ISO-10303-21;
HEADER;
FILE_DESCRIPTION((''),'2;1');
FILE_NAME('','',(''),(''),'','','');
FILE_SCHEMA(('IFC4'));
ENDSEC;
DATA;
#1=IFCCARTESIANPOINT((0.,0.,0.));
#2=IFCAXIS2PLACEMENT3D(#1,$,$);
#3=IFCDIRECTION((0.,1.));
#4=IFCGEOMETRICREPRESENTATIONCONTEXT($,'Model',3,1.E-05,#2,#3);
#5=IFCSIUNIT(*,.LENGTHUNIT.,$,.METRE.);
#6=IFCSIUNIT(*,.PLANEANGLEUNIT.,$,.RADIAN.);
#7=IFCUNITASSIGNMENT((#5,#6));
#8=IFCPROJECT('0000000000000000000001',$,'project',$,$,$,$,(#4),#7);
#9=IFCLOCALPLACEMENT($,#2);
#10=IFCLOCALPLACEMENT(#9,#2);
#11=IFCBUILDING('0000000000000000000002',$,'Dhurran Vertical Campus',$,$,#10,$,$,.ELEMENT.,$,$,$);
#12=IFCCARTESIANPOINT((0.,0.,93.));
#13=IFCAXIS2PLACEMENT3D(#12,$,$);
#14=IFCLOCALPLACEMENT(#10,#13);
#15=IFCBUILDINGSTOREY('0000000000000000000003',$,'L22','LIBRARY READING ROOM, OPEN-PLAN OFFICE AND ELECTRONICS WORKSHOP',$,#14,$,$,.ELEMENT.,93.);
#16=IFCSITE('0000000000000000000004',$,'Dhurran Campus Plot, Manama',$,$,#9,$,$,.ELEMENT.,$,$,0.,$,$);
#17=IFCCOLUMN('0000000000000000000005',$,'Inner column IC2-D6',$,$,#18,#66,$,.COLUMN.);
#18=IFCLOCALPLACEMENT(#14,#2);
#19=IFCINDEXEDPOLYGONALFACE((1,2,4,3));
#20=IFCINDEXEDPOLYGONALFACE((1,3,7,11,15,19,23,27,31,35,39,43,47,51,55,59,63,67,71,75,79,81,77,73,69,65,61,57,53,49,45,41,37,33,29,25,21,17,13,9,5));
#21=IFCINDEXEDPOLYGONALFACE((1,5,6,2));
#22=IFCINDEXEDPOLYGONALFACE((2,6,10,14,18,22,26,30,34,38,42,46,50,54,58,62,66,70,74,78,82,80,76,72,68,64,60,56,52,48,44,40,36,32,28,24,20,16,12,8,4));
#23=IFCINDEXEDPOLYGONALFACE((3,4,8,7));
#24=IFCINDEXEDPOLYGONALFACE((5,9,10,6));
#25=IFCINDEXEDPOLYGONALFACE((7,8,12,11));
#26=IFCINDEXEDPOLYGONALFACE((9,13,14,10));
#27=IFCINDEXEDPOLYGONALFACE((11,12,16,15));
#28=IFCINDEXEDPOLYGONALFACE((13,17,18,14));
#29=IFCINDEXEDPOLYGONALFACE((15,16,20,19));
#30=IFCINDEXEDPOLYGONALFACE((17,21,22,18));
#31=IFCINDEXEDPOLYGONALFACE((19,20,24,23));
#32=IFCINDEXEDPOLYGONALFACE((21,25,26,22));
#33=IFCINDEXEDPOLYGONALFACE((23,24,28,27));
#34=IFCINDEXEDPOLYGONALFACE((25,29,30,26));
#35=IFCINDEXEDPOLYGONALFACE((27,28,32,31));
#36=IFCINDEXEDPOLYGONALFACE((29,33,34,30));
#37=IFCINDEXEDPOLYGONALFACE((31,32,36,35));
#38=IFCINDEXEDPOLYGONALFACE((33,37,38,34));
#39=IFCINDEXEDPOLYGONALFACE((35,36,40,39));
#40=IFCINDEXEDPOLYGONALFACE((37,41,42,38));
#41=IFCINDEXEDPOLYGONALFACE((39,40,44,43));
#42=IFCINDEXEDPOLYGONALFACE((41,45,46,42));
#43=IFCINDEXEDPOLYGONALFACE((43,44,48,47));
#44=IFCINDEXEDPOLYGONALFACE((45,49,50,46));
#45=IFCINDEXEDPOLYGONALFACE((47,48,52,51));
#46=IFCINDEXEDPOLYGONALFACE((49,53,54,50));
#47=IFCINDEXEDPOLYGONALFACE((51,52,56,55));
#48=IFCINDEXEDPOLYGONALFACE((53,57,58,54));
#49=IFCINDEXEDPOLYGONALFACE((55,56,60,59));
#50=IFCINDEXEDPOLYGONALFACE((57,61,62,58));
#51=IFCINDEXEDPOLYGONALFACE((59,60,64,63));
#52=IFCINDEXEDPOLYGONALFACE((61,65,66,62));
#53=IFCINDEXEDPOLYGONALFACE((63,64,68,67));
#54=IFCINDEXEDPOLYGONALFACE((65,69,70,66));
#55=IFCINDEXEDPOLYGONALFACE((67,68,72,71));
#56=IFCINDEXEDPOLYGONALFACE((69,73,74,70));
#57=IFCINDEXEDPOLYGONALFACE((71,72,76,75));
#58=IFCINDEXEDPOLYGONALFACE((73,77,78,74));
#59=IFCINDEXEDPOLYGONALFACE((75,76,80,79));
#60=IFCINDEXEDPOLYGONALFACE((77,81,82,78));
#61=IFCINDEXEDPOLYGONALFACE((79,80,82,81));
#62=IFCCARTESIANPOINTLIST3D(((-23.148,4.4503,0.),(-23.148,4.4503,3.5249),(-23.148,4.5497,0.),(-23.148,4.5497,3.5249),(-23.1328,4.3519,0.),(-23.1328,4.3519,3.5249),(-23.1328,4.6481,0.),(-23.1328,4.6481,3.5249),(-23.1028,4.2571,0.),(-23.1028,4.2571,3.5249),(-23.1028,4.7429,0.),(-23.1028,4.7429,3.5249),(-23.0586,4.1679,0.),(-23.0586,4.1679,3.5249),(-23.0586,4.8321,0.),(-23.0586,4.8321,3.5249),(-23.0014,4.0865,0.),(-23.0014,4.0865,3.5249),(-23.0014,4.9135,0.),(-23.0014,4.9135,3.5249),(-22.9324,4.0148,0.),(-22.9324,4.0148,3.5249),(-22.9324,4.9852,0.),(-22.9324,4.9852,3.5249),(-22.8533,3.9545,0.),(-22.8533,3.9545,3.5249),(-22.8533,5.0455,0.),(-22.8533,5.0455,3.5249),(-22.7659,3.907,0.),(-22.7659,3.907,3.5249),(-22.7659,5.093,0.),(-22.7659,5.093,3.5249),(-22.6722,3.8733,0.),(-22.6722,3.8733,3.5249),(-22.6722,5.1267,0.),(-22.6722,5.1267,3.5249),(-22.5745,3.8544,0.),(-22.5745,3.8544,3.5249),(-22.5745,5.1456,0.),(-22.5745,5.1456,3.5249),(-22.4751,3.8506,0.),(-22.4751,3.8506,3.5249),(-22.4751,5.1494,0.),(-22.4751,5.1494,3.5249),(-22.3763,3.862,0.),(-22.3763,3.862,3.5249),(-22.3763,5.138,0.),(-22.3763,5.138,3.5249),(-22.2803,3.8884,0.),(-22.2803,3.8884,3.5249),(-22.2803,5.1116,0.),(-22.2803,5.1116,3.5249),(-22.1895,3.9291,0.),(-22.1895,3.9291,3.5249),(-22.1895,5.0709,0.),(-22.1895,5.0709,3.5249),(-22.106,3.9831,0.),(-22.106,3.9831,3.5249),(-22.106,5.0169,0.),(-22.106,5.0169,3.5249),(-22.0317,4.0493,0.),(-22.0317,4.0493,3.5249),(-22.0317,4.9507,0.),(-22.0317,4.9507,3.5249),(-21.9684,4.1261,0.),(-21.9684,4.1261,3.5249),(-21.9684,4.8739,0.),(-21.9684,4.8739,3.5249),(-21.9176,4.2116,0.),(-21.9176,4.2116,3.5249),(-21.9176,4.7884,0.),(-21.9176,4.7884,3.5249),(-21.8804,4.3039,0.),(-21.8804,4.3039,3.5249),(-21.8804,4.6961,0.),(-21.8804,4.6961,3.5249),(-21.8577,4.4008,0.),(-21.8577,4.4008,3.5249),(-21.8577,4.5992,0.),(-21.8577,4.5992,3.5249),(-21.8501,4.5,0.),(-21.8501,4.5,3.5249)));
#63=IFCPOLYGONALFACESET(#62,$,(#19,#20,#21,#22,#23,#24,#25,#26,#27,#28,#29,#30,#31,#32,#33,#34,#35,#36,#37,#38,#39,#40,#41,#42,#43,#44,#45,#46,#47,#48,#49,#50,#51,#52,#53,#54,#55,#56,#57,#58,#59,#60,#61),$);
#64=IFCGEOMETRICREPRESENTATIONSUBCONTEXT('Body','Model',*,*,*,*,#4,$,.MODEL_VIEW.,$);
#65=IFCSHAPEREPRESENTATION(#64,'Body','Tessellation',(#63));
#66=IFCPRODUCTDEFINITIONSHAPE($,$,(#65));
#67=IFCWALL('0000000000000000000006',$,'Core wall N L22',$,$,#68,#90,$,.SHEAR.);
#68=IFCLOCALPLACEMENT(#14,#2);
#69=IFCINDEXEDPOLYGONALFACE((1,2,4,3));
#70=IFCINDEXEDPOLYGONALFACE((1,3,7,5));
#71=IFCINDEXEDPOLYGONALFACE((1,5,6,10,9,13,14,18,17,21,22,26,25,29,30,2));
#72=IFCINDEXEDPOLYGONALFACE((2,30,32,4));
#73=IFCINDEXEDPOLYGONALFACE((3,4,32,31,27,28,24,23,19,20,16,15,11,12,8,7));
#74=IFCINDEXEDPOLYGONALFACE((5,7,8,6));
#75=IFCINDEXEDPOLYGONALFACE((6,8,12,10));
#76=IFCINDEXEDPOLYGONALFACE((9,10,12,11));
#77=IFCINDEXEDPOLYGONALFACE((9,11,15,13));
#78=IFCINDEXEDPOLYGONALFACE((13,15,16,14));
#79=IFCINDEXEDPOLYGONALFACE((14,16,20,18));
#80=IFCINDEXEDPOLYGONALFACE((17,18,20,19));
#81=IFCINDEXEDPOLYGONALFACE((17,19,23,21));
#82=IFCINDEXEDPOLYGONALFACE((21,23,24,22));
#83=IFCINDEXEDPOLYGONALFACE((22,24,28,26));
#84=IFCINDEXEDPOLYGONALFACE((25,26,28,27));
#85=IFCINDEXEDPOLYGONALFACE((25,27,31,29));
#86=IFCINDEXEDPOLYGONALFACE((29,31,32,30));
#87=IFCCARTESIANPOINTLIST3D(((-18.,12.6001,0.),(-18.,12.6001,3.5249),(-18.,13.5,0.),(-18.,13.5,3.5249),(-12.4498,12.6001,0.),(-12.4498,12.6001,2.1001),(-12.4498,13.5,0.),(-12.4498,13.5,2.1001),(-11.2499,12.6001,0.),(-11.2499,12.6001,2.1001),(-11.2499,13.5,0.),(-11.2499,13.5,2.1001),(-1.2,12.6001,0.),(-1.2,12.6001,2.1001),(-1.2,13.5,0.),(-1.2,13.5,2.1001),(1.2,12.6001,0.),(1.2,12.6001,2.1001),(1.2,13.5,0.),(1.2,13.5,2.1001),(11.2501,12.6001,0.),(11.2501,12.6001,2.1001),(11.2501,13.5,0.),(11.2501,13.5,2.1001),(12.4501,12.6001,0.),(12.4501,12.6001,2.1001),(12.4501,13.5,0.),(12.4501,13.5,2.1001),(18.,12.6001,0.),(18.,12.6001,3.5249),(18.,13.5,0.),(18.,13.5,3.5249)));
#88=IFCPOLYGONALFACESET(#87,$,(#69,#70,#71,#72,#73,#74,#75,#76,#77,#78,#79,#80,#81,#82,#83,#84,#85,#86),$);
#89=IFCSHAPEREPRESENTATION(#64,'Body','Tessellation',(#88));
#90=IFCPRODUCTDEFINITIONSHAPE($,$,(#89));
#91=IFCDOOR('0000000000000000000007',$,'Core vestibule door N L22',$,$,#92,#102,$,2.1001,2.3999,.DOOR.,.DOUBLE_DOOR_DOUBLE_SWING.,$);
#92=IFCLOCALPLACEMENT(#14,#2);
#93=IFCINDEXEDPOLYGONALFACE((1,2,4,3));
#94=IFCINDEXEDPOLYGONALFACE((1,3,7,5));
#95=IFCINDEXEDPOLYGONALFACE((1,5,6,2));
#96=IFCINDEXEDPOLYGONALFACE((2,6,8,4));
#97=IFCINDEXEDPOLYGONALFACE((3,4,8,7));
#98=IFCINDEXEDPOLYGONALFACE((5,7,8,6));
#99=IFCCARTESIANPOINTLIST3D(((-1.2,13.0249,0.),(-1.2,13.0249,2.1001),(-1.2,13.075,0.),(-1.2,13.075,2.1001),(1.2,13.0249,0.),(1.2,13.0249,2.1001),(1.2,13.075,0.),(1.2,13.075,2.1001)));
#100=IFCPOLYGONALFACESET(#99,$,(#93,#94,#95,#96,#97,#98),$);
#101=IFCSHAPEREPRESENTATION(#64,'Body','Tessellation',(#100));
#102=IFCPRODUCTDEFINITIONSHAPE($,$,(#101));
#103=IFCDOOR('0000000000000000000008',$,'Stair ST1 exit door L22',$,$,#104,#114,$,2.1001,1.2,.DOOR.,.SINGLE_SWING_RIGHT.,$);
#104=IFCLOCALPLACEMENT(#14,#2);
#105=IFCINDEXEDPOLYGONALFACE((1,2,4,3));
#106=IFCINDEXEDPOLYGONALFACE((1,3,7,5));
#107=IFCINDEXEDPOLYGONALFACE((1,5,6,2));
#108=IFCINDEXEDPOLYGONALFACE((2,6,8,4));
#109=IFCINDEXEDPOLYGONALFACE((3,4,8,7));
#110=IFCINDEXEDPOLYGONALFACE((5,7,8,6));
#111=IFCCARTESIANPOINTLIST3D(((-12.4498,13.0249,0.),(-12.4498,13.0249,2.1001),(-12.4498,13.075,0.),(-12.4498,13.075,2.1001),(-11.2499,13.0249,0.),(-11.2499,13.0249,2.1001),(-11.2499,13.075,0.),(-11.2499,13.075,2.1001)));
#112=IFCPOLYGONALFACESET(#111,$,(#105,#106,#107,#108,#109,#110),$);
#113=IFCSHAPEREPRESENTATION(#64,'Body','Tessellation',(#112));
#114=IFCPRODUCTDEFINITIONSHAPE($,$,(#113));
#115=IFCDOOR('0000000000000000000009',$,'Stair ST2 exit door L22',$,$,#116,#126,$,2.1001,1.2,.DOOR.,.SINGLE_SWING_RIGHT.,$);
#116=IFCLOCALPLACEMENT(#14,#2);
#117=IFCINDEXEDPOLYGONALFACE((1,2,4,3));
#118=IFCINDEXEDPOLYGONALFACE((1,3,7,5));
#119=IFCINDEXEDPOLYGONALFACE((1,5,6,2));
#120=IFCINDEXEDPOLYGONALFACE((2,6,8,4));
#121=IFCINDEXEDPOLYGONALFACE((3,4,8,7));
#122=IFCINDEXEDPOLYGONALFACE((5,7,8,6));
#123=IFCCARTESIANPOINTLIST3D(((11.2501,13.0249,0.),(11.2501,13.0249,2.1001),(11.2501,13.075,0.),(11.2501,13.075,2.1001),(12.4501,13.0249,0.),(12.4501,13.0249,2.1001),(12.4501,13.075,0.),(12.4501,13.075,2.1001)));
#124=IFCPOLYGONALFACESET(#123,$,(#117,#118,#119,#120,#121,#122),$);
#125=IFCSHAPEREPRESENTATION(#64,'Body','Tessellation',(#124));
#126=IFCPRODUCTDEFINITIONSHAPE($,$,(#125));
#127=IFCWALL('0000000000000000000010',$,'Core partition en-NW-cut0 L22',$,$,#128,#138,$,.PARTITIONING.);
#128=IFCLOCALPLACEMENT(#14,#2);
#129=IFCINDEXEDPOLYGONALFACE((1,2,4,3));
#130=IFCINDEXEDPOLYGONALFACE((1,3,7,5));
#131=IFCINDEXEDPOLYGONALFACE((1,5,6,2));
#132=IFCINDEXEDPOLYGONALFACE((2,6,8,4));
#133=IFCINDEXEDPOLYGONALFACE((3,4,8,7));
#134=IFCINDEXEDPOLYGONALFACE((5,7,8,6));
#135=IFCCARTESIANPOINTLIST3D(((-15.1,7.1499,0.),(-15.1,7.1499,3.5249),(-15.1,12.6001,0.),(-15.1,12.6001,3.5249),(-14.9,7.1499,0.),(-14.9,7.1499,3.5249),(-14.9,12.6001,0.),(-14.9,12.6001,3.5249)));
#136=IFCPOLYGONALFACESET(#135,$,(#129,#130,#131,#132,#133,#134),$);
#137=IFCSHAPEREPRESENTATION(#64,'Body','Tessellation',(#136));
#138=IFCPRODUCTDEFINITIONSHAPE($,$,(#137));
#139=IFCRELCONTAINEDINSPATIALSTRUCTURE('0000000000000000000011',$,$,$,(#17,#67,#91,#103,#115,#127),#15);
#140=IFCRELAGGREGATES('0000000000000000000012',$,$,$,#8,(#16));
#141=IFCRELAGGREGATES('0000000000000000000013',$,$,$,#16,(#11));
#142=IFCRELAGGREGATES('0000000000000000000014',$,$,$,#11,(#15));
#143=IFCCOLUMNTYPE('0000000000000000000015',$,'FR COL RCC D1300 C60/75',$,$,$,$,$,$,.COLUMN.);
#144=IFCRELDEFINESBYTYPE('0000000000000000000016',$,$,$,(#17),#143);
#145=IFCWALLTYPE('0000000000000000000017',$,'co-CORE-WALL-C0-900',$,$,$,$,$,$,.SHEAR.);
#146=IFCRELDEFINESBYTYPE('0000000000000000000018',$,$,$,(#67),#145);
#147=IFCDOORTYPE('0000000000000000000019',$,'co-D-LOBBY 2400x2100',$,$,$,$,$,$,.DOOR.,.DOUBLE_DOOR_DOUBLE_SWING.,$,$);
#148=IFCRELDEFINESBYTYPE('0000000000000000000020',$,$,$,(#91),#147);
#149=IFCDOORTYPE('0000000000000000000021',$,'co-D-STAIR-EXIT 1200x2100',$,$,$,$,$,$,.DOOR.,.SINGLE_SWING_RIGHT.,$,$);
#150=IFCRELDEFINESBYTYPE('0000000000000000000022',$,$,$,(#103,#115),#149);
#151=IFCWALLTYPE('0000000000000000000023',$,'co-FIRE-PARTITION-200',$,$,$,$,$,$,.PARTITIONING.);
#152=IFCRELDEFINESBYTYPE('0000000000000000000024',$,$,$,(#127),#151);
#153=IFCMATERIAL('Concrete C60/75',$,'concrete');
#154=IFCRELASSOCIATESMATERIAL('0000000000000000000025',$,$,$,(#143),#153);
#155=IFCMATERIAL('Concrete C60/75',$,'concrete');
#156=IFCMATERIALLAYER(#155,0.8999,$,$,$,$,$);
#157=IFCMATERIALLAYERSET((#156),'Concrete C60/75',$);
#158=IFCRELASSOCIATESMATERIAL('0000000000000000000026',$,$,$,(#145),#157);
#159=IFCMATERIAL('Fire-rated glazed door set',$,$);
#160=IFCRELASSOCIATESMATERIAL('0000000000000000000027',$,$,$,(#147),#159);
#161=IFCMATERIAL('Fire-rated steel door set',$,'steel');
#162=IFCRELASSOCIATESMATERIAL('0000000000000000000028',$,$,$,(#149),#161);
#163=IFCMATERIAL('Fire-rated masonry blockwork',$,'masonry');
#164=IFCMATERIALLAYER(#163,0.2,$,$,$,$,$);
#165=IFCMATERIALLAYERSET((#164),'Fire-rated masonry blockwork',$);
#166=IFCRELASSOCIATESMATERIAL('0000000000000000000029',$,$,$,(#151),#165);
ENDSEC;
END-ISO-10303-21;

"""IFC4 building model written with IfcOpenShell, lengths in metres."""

from ifc_helpers import new_model, si_unit, direction, frame, frame_2d, origin, origin_2d, place, context, subcontext, project, spatial, rectangle, circle, extrude, material, layer, layer_set, material_profile, profile_set, type_object, element, fill, save


model = new_model("IFC4")

# Units and contexts
model_context = context("Model", 3, precision=1e-05, world=origin(), true_north=direction((0.0, 1.0)))
body_context = subcontext(model_context, "Body", "Model", "MODEL_VIEW")
ifc_project = project(units=[si_unit("LENGTHUNIT", "METRE"), si_unit("PLANEANGLEUNIT", "RADIAN")], contexts=[model_context])

# Site, building, storey
site_placement = place(None, origin())
site = spatial("IfcSite", under=ifc_project, at=site_placement, Name="Dhurran Campus Plot, Manama", CompositionType="ELEMENT", RefElevation=0.0)
building_placement = place(site_placement, origin())
building = spatial("IfcBuilding", under=site, at=building_placement, Name="Dhurran Vertical Campus", CompositionType="ELEMENT")
storey_placement = place(building_placement, frame((0.0, 0.0, 93.0)))
storey = spatial("IfcBuildingStorey", under=building, at=storey_placement, Name="L22", Description="LIBRARY READING ROOM, OPEN-PLAN OFFICE AND ELECTRONICS WORKSHOP", CompositionType="ELEMENT", Elevation=93.0)

# Column
ifc_material_1 = material(Name="Concrete C60/75", Category="concrete")
ifc_material_profile = material_profile(ifc_material_1, circle(Radius=0.6499, at=origin_2d()), Name="RCC D1300")
ifc_profile_set = profile_set([ifc_material_profile], Name="Concrete C60/75")
column_type = type_object("IfcColumnType", Name="FR COL RCC D1300 C60/75", PredefinedType="COLUMN", material=ifc_profile_set)
column_placement = place(storey_placement, frame((-22.5, 4.5, 0.0), z_axis=(0.0, 0.0, 1.0), x_axis=(1.0, 0.0, 0.0)))
element("IfcColumn", 1, at=column_placement, inside=storey, type_object=column_type, Name="Inner column IC2-D6", PredefinedType="COLUMN", context=body_context, shape_type="SweptSolid", body=[
    extrude(circle(Radius=0.6499, at=origin_2d()), origin(), (0.0, 0.0, 1.0), 3.5249),
])

# Wall, openings, doors
ifc_material_2 = material(Name="Concrete C60/75", Category="concrete")
ifc_layer_1 = layer(ifc_material_2, 0.8999)
ifc_layer_set_1 = layer_set([ifc_layer_1], Name="Concrete C60/75")
wall_type_1 = type_object("IfcWallType", Name="co-CORE-WALL-C0-900", PredefinedType="SHEAR", material=ifc_layer_set_1)
wall_1_placement = place(storey_placement, frame((-18.0, 13.05, 0.0), z_axis=(0.0, 0.0, 1.0), x_axis=(1.0, 0.0, 0.0)))
wall_1 = element("IfcWall", 2, at=wall_1_placement, inside=storey, type_object=wall_type_1, Name="Core wall N L22", PredefinedType="SHEAR", context=body_context, shape_type="SweptSolid", body=[
    extrude(rectangle(XDim=36.0, YDim=0.8999, at=frame_2d((18.0, 0.0))), origin(), (0.0, 0.0, 1.0), 3.5249),
])
opening_1_placement = place(wall_1_placement, frame((16.8, 0.0, 0.0)))
opening_1 = element("IfcOpeningElement", 3, at=opening_1_placement, cuts=wall_1, PredefinedType="OPENING", context=body_context, shape_type="SweptSolid", body=[
    extrude(rectangle(XDim=2.3999, YDim=2.1001, at=frame_2d((1.2, 1.05))), frame((0.0, 0.46, 0.0), z_axis=(0.0, -1.0, 0.0), x_axis=(1.0, 0.0, 0.0)), (0.0, 0.0, 1.0), 0.9199),
])
opening_2_placement = place(wall_1_placement, frame((5.55, 0.0, 0.0)))
opening_2 = element("IfcOpeningElement", 4, at=opening_2_placement, cuts=wall_1, PredefinedType="OPENING", context=body_context, shape_type="SweptSolid", body=[
    extrude(rectangle(XDim=1.2, YDim=2.1001, at=frame_2d((0.6001, 1.05))), frame((0.0, 0.46, 0.0), z_axis=(0.0, -1.0, 0.0), x_axis=(1.0, 0.0, 0.0)), (0.0, 0.0, 1.0), 0.9199),
])
opening_3_placement = place(wall_1_placement, frame((29.25, 0.0, 0.0)))
opening_3 = element("IfcOpeningElement", 5, at=opening_3_placement, cuts=wall_1, PredefinedType="OPENING", context=body_context, shape_type="SweptSolid", body=[
    extrude(rectangle(XDim=1.2, YDim=2.1001, at=frame_2d((0.6001, 1.05))), frame((0.0, 0.46, 0.0), z_axis=(0.0, -1.0, 0.0), x_axis=(1.0, 0.0, 0.0)), (0.0, 0.0, 1.0), 0.9199),
])
ifc_material_3 = material(Name="Fire-rated glazed door set")
door_type_1 = type_object("IfcDoorType", Name="co-D-LOBBY 2400x2100", OperationType="DOUBLE_DOOR_DOUBLE_SWING", PredefinedType="DOOR", material=ifc_material_3)
door_1_placement = place(opening_1_placement, origin())
door_1 = element("IfcDoor", 6, at=door_1_placement, inside=storey, type_object=door_type_1, Name="Core vestibule door N L22", OperationType="DOUBLE_DOOR_DOUBLE_SWING", OverallHeight=2.1001, OverallWidth=2.3999, PredefinedType="DOOR", context=body_context, shape_type="SweptSolid", body=[
    extrude(rectangle(XDim=2.3999, YDim=2.1001, at=frame_2d((1.2, 1.05))), frame((0.0, 0.0249, 0.0), z_axis=(0.0, -1.0, 0.0), x_axis=(1.0, 0.0, 0.0)), (0.0, 0.0, 1.0), 0.05),
])
fill(opening_1, door_1)
ifc_material_4 = material(Name="Fire-rated steel door set", Category="steel")
door_type_2 = type_object("IfcDoorType", Name="co-D-STAIR-EXIT 1200x2100", OperationType="SINGLE_SWING_RIGHT", PredefinedType="DOOR", material=ifc_material_4)
door_2_placement = place(opening_2_placement, origin())
door_2 = element("IfcDoor", 7, at=door_2_placement, inside=storey, type_object=door_type_2, Name="Stair ST1 exit door L22", OperationType="SINGLE_SWING_RIGHT", OverallHeight=2.1001, OverallWidth=1.2, PredefinedType="DOOR", context=body_context, shape_type="SweptSolid", body=[
    extrude(rectangle(XDim=1.2, YDim=2.1001, at=frame_2d((0.6001, 1.05))), frame((0.0, 0.0249, 0.0), z_axis=(0.0, -1.0, 0.0), x_axis=(1.0, 0.0, 0.0)), (0.0, 0.0, 1.0), 0.05),
])
fill(opening_2, door_2)
door_3_placement = place(opening_3_placement, origin())
door_3 = element("IfcDoor", 8, at=door_3_placement, inside=storey, type_object=door_type_2, Name="Stair ST2 exit door L22", OperationType="SINGLE_SWING_RIGHT", OverallHeight=2.1001, OverallWidth=1.2, PredefinedType="DOOR", context=body_context, shape_type="SweptSolid", body=[
    extrude(rectangle(XDim=1.2, YDim=2.1001, at=frame_2d((0.6001, 1.05))), frame((0.0, 0.0249, 0.0), z_axis=(0.0, -1.0, 0.0), x_axis=(1.0, 0.0, 0.0)), (0.0, 0.0, 1.0), 0.05),
])
fill(opening_3, door_3)

# Wall
ifc_material_5 = material(Name="Fire-rated masonry blockwork", Category="masonry")
ifc_layer_2 = layer(ifc_material_5, 0.2)
ifc_layer_set_2 = layer_set([ifc_layer_2], Name="Fire-rated masonry blockwork")
wall_type_2 = type_object("IfcWallType", Name="co-FIRE-PARTITION-200", PredefinedType="PARTITIONING", material=ifc_layer_set_2)
wall_2_placement = place(storey_placement, frame((-15.0, 7.1499, 0.0), z_axis=(0.0, 0.0, 1.0), x_axis=(0.0, 1.0, 0.0)))
element("IfcWall", 9, at=wall_2_placement, inside=storey, type_object=wall_type_2, Name="Core partition en-NW-cut0 L22", PredefinedType="PARTITIONING", context=body_context, shape_type="SweptSolid", body=[
    extrude(rectangle(XDim=5.4502, YDim=0.2, at=frame_2d((2.7251, 0.0))), origin(), (0.0, 0.0, 1.0), 3.5249),
])

save(model, "model.ifc")
